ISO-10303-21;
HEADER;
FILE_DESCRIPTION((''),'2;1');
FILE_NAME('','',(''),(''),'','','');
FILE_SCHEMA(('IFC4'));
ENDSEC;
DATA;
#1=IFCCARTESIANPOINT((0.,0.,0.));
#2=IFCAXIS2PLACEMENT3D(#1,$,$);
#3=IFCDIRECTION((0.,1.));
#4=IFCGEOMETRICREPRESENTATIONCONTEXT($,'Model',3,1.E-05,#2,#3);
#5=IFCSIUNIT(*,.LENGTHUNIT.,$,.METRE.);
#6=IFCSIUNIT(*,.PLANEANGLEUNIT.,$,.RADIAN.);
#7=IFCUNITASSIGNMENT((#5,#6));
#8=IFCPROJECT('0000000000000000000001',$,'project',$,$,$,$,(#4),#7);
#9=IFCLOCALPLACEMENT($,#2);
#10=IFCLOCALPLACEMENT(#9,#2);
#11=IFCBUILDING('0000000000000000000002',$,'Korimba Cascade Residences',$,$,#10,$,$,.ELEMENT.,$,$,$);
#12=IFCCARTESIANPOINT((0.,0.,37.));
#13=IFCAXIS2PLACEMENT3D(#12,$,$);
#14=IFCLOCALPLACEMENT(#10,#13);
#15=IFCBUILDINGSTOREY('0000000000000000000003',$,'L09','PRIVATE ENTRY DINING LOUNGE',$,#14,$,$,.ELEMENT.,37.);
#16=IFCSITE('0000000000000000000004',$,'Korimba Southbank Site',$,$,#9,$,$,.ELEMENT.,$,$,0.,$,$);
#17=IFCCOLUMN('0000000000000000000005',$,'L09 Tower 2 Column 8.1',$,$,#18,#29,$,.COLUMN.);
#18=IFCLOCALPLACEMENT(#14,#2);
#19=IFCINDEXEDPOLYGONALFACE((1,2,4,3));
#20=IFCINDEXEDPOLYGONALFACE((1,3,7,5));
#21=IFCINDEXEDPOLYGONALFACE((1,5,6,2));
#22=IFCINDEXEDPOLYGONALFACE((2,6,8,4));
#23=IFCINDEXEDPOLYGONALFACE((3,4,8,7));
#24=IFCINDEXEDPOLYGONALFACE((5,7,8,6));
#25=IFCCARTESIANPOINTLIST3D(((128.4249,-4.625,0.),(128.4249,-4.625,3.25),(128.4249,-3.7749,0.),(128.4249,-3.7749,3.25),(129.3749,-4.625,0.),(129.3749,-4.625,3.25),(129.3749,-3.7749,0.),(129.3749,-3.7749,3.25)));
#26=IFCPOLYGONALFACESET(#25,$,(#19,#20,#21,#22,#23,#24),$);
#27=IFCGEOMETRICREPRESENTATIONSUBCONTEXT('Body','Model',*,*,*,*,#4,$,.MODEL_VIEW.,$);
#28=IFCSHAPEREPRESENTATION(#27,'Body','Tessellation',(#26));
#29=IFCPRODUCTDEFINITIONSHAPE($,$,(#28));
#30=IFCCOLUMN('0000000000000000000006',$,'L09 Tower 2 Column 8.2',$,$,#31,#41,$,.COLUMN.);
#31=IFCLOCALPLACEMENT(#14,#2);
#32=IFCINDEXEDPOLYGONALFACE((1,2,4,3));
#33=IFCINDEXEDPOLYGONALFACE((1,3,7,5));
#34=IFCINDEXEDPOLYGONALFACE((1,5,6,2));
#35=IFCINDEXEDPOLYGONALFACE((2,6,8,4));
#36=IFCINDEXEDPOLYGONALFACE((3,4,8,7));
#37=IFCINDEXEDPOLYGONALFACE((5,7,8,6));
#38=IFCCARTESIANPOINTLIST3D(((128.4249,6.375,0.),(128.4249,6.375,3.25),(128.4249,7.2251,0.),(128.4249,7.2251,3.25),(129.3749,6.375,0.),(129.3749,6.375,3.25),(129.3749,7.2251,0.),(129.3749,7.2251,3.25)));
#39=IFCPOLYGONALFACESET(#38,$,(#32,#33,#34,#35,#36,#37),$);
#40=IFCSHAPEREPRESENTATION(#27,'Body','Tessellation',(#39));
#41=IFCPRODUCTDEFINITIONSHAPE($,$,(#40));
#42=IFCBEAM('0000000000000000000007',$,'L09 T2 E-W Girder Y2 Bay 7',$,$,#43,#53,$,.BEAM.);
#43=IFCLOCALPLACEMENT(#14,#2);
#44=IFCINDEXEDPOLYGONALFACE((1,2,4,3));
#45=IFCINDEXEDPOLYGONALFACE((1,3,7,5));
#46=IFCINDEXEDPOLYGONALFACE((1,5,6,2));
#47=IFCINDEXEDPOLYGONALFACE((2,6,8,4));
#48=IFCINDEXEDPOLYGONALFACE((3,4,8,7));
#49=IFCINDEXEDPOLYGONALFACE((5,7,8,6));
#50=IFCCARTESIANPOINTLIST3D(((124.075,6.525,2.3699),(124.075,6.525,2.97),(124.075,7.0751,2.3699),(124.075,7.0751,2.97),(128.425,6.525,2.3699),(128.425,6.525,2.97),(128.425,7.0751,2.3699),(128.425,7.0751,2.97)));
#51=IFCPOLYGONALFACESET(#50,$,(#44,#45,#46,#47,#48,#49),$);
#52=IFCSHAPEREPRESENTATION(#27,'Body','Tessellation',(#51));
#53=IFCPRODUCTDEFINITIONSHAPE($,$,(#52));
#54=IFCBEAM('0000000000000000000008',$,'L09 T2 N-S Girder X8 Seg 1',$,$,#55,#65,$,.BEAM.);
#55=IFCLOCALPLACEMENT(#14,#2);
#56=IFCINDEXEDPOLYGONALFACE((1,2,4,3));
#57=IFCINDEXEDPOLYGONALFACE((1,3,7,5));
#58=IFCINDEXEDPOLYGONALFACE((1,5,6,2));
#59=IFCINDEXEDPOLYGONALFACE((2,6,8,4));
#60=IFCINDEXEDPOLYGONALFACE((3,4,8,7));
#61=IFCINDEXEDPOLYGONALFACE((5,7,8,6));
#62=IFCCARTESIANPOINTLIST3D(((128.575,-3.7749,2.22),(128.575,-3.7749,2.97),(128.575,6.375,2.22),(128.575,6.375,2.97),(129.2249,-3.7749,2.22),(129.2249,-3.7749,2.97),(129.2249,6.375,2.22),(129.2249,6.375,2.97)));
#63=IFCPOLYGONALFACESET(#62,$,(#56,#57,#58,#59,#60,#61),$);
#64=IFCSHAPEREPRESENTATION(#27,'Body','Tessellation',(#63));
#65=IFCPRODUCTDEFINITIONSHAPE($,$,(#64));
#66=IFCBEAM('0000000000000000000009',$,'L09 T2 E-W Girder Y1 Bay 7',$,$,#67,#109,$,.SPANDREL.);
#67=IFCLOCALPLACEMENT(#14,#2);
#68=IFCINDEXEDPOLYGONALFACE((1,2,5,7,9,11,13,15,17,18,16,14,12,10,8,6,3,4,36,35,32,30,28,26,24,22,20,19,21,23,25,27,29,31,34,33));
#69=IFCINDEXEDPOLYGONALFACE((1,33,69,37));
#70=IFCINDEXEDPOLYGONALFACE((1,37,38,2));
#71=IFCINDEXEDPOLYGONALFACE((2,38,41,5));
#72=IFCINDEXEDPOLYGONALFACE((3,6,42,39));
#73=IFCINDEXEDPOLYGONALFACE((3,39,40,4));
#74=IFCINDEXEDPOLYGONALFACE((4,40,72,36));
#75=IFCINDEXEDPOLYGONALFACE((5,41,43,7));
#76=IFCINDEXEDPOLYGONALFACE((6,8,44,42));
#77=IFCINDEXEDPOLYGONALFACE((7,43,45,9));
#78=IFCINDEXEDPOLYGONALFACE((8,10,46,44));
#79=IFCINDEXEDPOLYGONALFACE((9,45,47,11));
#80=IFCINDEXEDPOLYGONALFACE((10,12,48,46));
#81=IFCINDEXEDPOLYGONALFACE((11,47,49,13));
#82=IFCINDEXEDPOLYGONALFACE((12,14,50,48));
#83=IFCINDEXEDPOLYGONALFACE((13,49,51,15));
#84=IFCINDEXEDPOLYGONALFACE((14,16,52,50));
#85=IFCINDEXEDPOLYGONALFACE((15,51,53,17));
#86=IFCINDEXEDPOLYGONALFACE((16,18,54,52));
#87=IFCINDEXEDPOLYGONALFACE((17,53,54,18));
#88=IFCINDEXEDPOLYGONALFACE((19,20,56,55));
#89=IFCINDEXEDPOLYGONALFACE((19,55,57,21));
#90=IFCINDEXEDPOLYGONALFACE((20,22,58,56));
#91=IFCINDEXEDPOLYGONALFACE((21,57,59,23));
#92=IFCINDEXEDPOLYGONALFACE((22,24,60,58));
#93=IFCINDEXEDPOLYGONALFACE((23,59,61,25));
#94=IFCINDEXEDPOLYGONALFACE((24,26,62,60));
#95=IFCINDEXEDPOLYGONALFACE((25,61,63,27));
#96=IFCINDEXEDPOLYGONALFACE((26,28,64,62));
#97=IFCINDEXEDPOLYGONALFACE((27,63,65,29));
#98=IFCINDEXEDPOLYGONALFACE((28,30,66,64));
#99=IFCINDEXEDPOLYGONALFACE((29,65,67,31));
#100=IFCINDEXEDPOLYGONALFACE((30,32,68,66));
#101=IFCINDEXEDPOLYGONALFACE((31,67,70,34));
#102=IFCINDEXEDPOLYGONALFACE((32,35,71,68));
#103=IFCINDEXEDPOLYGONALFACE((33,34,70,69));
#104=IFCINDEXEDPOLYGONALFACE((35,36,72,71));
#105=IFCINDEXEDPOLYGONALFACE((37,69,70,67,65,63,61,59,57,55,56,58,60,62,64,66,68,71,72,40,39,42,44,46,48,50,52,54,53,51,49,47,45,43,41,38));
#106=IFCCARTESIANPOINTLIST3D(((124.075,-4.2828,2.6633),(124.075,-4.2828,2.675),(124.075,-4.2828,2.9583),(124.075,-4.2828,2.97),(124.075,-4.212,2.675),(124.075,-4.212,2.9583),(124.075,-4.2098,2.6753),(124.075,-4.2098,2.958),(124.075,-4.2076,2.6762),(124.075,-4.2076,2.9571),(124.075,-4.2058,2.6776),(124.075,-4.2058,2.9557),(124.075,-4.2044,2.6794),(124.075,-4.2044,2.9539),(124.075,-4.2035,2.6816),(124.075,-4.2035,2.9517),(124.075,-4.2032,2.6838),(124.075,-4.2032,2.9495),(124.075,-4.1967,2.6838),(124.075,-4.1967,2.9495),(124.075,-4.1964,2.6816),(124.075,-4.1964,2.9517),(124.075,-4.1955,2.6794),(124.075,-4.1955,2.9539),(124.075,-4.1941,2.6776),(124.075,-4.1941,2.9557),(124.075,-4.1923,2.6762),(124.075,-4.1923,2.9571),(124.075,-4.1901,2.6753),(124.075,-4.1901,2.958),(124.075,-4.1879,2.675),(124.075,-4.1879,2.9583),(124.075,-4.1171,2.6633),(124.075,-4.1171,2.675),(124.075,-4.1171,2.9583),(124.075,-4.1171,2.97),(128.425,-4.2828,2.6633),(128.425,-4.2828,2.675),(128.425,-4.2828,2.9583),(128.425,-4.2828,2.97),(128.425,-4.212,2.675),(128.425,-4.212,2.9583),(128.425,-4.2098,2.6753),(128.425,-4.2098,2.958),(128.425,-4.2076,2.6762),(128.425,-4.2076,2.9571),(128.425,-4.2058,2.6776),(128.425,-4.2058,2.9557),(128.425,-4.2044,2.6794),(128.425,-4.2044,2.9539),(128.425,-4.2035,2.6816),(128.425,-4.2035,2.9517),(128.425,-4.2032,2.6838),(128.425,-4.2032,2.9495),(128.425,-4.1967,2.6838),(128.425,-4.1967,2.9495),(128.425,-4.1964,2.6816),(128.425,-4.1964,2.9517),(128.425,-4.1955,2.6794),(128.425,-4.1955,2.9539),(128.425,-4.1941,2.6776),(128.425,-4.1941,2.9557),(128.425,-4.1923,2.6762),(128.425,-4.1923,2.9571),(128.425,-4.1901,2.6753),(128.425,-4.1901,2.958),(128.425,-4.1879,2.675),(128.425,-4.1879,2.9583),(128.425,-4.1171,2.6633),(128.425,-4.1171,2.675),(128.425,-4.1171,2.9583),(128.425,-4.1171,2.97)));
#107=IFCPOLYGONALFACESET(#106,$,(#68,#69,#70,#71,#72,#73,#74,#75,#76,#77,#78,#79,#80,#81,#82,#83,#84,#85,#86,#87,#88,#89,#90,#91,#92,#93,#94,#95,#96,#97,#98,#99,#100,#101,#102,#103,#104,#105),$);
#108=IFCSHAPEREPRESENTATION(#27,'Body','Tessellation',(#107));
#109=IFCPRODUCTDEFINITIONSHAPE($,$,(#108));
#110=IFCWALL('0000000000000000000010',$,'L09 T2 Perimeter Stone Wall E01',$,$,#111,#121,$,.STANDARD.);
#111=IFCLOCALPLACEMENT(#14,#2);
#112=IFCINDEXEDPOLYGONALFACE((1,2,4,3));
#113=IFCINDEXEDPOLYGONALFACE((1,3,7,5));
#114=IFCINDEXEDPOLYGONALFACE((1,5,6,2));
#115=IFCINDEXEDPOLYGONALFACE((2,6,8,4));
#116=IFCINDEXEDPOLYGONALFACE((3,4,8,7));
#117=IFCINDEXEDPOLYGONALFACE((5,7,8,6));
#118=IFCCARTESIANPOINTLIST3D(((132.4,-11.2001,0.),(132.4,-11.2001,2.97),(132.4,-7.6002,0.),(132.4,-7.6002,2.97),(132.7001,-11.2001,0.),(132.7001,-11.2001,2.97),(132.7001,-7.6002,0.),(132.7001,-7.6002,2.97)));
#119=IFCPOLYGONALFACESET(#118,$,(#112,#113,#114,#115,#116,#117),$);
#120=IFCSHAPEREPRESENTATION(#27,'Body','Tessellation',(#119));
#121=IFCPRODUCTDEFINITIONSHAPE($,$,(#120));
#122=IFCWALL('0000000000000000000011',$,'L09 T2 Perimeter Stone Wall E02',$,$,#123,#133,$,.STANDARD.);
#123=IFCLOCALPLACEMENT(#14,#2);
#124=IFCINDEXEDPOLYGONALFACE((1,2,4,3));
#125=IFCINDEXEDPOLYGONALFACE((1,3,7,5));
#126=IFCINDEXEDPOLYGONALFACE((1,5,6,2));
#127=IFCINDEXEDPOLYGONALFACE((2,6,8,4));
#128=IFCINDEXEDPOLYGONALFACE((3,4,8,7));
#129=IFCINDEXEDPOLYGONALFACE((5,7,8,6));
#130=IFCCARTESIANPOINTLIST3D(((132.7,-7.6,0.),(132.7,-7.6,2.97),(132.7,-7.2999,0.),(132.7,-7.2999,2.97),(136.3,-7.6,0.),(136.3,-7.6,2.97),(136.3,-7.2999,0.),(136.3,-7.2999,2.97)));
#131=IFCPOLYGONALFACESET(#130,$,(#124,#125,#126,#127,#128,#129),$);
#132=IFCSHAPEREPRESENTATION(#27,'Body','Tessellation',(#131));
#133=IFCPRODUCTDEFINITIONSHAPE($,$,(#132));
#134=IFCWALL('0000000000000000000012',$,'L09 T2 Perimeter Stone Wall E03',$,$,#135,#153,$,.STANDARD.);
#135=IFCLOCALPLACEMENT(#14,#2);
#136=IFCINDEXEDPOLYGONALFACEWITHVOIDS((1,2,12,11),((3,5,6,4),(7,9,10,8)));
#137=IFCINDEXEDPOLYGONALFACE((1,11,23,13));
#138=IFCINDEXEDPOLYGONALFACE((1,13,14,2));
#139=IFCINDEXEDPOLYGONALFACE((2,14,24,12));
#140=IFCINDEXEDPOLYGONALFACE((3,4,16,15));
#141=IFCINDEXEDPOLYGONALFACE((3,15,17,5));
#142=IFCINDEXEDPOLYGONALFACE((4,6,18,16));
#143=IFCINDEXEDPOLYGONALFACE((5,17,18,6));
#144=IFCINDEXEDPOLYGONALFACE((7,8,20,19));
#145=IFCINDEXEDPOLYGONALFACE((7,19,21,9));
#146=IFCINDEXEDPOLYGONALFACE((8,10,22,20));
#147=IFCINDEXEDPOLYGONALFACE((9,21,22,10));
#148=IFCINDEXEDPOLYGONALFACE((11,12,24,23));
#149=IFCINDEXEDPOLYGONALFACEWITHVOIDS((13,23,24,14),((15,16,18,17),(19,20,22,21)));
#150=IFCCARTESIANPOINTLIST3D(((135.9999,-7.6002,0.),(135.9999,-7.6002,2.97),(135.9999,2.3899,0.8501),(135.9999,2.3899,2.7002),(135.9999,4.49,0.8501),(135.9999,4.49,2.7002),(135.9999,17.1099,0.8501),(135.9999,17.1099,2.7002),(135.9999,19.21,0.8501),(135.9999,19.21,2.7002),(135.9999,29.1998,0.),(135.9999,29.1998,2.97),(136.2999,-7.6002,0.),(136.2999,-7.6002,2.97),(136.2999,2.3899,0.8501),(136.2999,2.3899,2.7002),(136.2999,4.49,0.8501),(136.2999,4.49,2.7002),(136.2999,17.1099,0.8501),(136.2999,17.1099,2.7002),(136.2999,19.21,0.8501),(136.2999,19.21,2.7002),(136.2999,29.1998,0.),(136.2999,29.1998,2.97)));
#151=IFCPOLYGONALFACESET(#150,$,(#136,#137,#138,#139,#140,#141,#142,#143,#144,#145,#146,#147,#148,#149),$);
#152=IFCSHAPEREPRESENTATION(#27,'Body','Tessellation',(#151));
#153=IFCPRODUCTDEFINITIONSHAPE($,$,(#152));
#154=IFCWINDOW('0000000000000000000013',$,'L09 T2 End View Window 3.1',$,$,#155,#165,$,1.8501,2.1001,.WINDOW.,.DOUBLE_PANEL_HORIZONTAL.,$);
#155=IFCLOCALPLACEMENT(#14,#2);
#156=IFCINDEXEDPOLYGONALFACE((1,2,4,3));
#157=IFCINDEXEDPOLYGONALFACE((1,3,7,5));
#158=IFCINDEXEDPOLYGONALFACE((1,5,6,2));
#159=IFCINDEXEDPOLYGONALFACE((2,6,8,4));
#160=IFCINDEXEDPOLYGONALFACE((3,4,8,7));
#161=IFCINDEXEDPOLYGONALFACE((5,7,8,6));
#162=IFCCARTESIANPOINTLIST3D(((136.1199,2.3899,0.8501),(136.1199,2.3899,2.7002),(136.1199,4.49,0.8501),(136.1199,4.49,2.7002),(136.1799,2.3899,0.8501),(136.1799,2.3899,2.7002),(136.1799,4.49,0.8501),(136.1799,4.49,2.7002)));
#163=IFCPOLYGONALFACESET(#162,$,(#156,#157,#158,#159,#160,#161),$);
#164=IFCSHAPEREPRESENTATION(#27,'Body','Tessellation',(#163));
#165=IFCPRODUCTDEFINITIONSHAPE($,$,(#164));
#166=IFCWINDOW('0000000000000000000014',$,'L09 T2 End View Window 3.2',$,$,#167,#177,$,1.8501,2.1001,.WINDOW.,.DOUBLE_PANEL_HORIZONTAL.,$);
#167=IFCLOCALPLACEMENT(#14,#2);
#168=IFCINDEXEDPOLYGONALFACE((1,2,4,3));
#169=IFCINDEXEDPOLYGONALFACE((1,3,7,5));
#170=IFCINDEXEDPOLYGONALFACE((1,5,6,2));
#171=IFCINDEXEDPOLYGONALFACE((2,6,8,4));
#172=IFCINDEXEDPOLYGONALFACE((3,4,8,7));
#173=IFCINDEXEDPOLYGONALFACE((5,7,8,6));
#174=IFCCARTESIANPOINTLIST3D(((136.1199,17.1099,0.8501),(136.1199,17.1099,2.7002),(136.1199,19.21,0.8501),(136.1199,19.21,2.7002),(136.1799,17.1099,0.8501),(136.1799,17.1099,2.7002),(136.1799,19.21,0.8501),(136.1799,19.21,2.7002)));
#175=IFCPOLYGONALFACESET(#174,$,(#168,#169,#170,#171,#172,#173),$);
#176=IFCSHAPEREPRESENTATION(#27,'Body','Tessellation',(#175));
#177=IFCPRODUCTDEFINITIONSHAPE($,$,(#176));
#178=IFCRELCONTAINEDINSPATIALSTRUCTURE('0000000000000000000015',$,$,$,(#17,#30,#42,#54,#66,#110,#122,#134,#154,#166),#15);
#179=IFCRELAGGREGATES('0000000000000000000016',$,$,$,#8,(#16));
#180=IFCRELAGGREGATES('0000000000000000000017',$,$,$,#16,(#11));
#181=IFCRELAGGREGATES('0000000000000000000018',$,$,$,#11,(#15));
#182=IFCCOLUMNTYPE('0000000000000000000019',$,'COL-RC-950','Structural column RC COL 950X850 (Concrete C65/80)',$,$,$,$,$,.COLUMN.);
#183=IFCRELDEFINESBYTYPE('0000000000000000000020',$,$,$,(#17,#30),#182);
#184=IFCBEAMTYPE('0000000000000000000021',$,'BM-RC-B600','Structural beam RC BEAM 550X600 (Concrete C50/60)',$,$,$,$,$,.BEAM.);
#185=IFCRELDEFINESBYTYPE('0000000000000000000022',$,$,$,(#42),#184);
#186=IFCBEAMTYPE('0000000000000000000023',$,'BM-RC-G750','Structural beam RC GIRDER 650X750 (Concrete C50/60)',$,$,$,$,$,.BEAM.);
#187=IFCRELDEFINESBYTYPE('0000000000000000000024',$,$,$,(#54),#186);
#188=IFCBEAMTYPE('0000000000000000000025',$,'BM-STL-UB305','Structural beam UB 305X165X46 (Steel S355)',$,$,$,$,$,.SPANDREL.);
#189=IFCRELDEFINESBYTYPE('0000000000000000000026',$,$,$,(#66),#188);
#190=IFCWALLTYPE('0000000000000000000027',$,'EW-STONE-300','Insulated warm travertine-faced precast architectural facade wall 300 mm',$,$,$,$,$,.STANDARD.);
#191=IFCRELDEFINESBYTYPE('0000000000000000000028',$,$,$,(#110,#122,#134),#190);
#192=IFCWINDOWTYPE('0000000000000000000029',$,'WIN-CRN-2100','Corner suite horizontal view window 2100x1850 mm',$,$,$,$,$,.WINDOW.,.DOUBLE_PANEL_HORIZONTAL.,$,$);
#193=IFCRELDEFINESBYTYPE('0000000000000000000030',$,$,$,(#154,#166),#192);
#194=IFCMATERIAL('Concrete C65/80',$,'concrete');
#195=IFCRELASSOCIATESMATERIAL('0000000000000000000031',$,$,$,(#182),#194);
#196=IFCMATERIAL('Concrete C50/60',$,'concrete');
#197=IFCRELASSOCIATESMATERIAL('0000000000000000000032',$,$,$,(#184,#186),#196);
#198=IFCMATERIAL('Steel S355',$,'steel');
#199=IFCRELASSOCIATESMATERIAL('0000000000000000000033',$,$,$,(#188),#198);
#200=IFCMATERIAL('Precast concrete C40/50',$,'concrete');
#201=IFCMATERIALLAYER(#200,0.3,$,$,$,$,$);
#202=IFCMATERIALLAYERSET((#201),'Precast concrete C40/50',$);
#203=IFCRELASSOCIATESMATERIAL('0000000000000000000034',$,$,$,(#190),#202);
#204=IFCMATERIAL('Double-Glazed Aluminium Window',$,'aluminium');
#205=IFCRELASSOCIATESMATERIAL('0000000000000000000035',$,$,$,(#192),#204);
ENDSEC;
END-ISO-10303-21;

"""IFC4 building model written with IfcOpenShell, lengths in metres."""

from ifc_helpers import new_model, si_unit, direction, frame, frame_2d, origin, origin_2d, place, context, subcontext, project, spatial, rectangle, i_section, extrude, material, layer, layer_set, material_profile, profile_set, type_object, element, fill, save


model = new_model("IFC4")

# Units and contexts
model_context = context("Model", 3, precision=1e-05, world=origin(), true_north=direction((0.0, 1.0)))
body_context = subcontext(model_context, "Body", "Model", "MODEL_VIEW")
ifc_project = project(units=[si_unit("LENGTHUNIT", "METRE"), si_unit("PLANEANGLEUNIT", "RADIAN")], contexts=[model_context])

# Site, building, storey
site_placement = place(None, origin())
site = spatial("IfcSite", under=ifc_project, at=site_placement, Name="Korimba Southbank Site", CompositionType="ELEMENT", RefElevation=0.0)
building_placement = place(site_placement, origin())
building = spatial("IfcBuilding", under=site, at=building_placement, Name="Korimba Cascade Residences", CompositionType="ELEMENT")
storey_placement = place(building_placement, frame((0.0, 0.0, 37.0)))
storey = spatial("IfcBuildingStorey", under=building, at=storey_placement, Name="L09", Description="PRIVATE ENTRY DINING LOUNGE", CompositionType="ELEMENT", Elevation=37.0)

# Columns
ifc_material_1 = material(Name="Concrete C65/80", Category="concrete")
ifc_material_profile_1 = material_profile(ifc_material_1, rectangle(XDim=0.95, YDim=0.8501, at=origin_2d()), Name="Concrete C65/80")
ifc_profile_set_1 = profile_set([ifc_material_profile_1], Name="Concrete C65/80")
column_type = type_object("IfcColumnType", Name="COL-RC-950", Description="Structural column RC COL 950X850 (Concrete C65/80)", PredefinedType="COLUMN", material=ifc_profile_set_1)
for number, where, z_axis, x_axis, name in (
    (1, (128.8999, -4.2, 0.0), (0.0, 0.0, 1.0), (1.0, 0.0, 0.0), "L09 Tower 2 Column 8.1"),
    (2, (128.8999, 6.8, 0.0), (0.0, 0.0, 1.0), (1.0, 0.0, 0.0), "L09 Tower 2 Column 8.2"),
):
    element("IfcColumn", number, at=place(storey_placement, frame(where, z_axis=z_axis, x_axis=x_axis)), inside=storey, type_object=column_type, Name=name, PredefinedType="COLUMN", context=body_context, shape_type="SweptSolid", body=[
        extrude(rectangle(XDim=0.95, YDim=0.8501, at=origin_2d()), origin(), (0.0, 0.0, 1.0), 3.25),
    ])

# Beams
ifc_material_2 = material(Name="Concrete C50/60", Category="concrete")
ifc_material_profile_2 = material_profile(ifc_material_2, rectangle(XDim=0.55, YDim=0.6001, at=origin_2d()), Name="Concrete C50/60")
ifc_profile_set_2 = profile_set([ifc_material_profile_2], Name="Concrete C50/60")
beam_type_1 = type_object("IfcBeamType", Name="BM-RC-B600", Description="Structural beam RC BEAM 550X600 (Concrete C50/60)", PredefinedType="BEAM", material=ifc_profile_set_2)
beam_1_placement = place(storey_placement, frame((124.075, 6.8, 2.6699), z_axis=(1.0, 0.0, 0.0), x_axis=(0.0, 1.0, 0.0)))
element("IfcBeam", 3, at=beam_1_placement, inside=storey, type_object=beam_type_1, Name="L09 T2 E-W Girder Y2 Bay 7", PredefinedType="BEAM", context=body_context, shape_type="SweptSolid", body=[
    extrude(rectangle(XDim=0.55, YDim=0.6001, at=origin_2d()), origin(), (0.0, 0.0, 1.0), 4.3501),
])
ifc_material_profile_3 = material_profile(ifc_material_2, rectangle(XDim=0.6499, YDim=0.75, at=origin_2d()), Name="Concrete C50/60")
ifc_profile_set_3 = profile_set([ifc_material_profile_3], Name="Concrete C50/60")
beam_type_2 = type_object("IfcBeamType", Name="BM-RC-G750", Description="Structural beam RC GIRDER 650X750 (Concrete C50/60)", PredefinedType="BEAM", material=ifc_profile_set_3)
beam_2_placement = place(storey_placement, frame((128.8999, -3.7749, 2.595), z_axis=(0.0, 1.0, 0.0), x_axis=(-1.0, 0.0, 0.0)))
element("IfcBeam", 4, at=beam_2_placement, inside=storey, type_object=beam_type_2, Name="L09 T2 N-S Girder X8 Seg 1", PredefinedType="BEAM", context=body_context, shape_type="SweptSolid", body=[
    extrude(rectangle(XDim=0.6499, YDim=0.75, at=origin_2d()), origin(), (0.0, 0.0, 1.0), 10.1499),
])
ifc_material_3 = material(Name="Steel S355", Category="steel")
ifc_material_profile_4 = material_profile(ifc_material_3, i_section(OverallWidth=0.1658, OverallDepth=0.3066, WebThickness=0.0066, FlangeThickness=0.0117, FilletRadius=0.0088, at=origin_2d()), Name="Steel S355")
ifc_profile_set_4 = profile_set([ifc_material_profile_4], Name="Steel S355")
beam_type_3 = type_object("IfcBeamType", Name="BM-STL-UB305", Description="Structural beam UB 305X165X46 (Steel S355)", PredefinedType="SPANDREL", material=ifc_profile_set_4)
beam_3_placement = place(storey_placement, frame((124.075, -4.2, 2.8167), z_axis=(1.0, 0.0, 0.0), x_axis=(0.0, 1.0, 0.0)))
element("IfcBeam", 5, at=beam_3_placement, inside=storey, type_object=beam_type_3, Name="L09 T2 E-W Girder Y1 Bay 7", PredefinedType="SPANDREL", context=body_context, shape_type="SweptSolid", body=[
    extrude(i_section(OverallWidth=0.1658, OverallDepth=0.3066, WebThickness=0.0066, FlangeThickness=0.0117, FilletRadius=0.0088, at=origin_2d()), origin(), (0.0, 0.0, 1.0), 4.3501),
])

# Walls
ifc_material_4 = material(Name="Precast concrete C40/50", Category="concrete")
ifc_layer_1 = layer(ifc_material_4, 0.3)
ifc_layer_set_1 = layer_set([ifc_layer_1], Name="Precast concrete C40/50")
wall_type_1 = type_object("IfcWallType", Name="EW-STONE-300", Description="Insulated warm travertine-faced precast architectural facade wall 300 mm", PredefinedType="STANDARD", material=ifc_layer_set_1)
wall_1_placement = place(storey_placement, frame((132.55, -11.2, 0.0), z_axis=(0.0, 0.0, 1.0), x_axis=(0.0, 1.0, 0.0)))
element("IfcWall", 6, at=wall_1_placement, inside=storey, type_object=wall_type_1, Name="L09 T2 Perimeter Stone Wall E01", PredefinedType="STANDARD", context=body_context, shape_type="SweptSolid", body=[
    extrude(rectangle(XDim=3.5999, YDim=0.3, at=frame_2d((1.7998, 0.0))), origin(), (0.0, 0.0, 1.0), 2.97),
])
wall_2_placement = place(storey_placement, frame((132.7, -7.45, 0.0), z_axis=(0.0, 0.0, 1.0), x_axis=(1.0, 0.0, 0.0)))
element("IfcWall", 7, at=wall_2_placement, inside=storey, type_object=wall_type_1, Name="L09 T2 Perimeter Stone Wall E02", PredefinedType="STANDARD", context=body_context, shape_type="SweptSolid", body=[
    extrude(rectangle(XDim=3.6001, YDim=0.3, at=frame_2d((1.8, 0.0))), origin(), (0.0, 0.0, 1.0), 2.97),
])

# Wall, openings, windows
wall_3_placement = place(storey_placement, frame((136.1499, -7.6001, 0.0), z_axis=(0.0, 0.0, 1.0), x_axis=(0.0, 1.0, 0.0)))
wall_3 = element("IfcWall", 8, at=wall_3_placement, inside=storey, type_object=wall_type_1, Name="L09 T2 Perimeter Stone Wall E03", PredefinedType="STANDARD", context=body_context, shape_type="SweptSolid", body=[
    extrude(rectangle(XDim=36.8, YDim=0.3, at=frame_2d((18.3999, 0.0))), origin(), (0.0, 0.0, 1.0), 2.97),
])
opening_1_placement = place(wall_3_placement, frame((9.99, 0.0, 0.8501)))
opening_1 = element("IfcOpeningElement", 9, at=opening_1_placement, cuts=wall_3, PredefinedType="OPENING", context=body_context, shape_type="SweptSolid", body=[
    extrude(rectangle(XDim=2.1001, YDim=1.8501, at=frame_2d((1.05, 0.925))), frame((0.0, 0.1602, 0.0), z_axis=(0.0, -1.0, 0.0), x_axis=(1.0, 0.0, 0.0)), (0.0, 0.0, 1.0), 0.3201),
])
opening_2_placement = place(wall_3_placement, frame((24.71, 0.0, 0.8501)))
opening_2 = element("IfcOpeningElement", 10, at=opening_2_placement, cuts=wall_3, PredefinedType="OPENING", context=body_context, shape_type="SweptSolid", body=[
    extrude(rectangle(XDim=2.1001, YDim=1.8501, at=frame_2d((1.05, 0.925))), frame((0.0, 0.1602, 0.0), z_axis=(0.0, -1.0, 0.0), x_axis=(1.0, 0.0, 0.0)), (0.0, 0.0, 1.0), 0.3201),
])
ifc_material_5 = material(Name="Double-Glazed Aluminium Window", Category="aluminium")
window_type = type_object("IfcWindowType", Name="WIN-CRN-2100", Description="Corner suite horizontal view window 2100x1850 mm", PartitioningType="DOUBLE_PANEL_HORIZONTAL", PredefinedType="WINDOW", material=ifc_material_5)
window_1_placement = place(opening_1_placement, origin())
window_1 = element("IfcWindow", 11, at=window_1_placement, inside=storey, type_object=window_type, Name="L09 T2 End View Window 3.1", OverallHeight=1.8501, OverallWidth=2.1001, PartitioningType="DOUBLE_PANEL_HORIZONTAL", PredefinedType="WINDOW", context=body_context, shape_type="SweptSolid", body=[
    extrude(rectangle(XDim=2.1001, YDim=1.8501, at=frame_2d((1.05, 0.925))), frame((0.0, 0.03, 0.0), z_axis=(0.0, -1.0, 0.0), x_axis=(1.0, 0.0, 0.0)), (0.0, 0.0, 1.0), 0.0601),
])
fill(opening_1, window_1)
window_2_placement = place(opening_2_placement, origin())
window_2 = element("IfcWindow", 12, at=window_2_placement, inside=storey, type_object=window_type, Name="L09 T2 End View Window 3.2", OverallHeight=1.8501, OverallWidth=2.1001, PartitioningType="DOUBLE_PANEL_HORIZONTAL", PredefinedType="WINDOW", context=body_context, shape_type="SweptSolid", body=[
    extrude(rectangle(XDim=2.1001, YDim=1.8501, at=frame_2d((1.05, 0.925))), frame((0.0, 0.03, 0.0), z_axis=(0.0, -1.0, 0.0), x_axis=(1.0, 0.0, 0.0)), (0.0, 0.0, 1.0), 0.0601),
])
fill(opening_2, window_2)

save(model, "model.ifc")
